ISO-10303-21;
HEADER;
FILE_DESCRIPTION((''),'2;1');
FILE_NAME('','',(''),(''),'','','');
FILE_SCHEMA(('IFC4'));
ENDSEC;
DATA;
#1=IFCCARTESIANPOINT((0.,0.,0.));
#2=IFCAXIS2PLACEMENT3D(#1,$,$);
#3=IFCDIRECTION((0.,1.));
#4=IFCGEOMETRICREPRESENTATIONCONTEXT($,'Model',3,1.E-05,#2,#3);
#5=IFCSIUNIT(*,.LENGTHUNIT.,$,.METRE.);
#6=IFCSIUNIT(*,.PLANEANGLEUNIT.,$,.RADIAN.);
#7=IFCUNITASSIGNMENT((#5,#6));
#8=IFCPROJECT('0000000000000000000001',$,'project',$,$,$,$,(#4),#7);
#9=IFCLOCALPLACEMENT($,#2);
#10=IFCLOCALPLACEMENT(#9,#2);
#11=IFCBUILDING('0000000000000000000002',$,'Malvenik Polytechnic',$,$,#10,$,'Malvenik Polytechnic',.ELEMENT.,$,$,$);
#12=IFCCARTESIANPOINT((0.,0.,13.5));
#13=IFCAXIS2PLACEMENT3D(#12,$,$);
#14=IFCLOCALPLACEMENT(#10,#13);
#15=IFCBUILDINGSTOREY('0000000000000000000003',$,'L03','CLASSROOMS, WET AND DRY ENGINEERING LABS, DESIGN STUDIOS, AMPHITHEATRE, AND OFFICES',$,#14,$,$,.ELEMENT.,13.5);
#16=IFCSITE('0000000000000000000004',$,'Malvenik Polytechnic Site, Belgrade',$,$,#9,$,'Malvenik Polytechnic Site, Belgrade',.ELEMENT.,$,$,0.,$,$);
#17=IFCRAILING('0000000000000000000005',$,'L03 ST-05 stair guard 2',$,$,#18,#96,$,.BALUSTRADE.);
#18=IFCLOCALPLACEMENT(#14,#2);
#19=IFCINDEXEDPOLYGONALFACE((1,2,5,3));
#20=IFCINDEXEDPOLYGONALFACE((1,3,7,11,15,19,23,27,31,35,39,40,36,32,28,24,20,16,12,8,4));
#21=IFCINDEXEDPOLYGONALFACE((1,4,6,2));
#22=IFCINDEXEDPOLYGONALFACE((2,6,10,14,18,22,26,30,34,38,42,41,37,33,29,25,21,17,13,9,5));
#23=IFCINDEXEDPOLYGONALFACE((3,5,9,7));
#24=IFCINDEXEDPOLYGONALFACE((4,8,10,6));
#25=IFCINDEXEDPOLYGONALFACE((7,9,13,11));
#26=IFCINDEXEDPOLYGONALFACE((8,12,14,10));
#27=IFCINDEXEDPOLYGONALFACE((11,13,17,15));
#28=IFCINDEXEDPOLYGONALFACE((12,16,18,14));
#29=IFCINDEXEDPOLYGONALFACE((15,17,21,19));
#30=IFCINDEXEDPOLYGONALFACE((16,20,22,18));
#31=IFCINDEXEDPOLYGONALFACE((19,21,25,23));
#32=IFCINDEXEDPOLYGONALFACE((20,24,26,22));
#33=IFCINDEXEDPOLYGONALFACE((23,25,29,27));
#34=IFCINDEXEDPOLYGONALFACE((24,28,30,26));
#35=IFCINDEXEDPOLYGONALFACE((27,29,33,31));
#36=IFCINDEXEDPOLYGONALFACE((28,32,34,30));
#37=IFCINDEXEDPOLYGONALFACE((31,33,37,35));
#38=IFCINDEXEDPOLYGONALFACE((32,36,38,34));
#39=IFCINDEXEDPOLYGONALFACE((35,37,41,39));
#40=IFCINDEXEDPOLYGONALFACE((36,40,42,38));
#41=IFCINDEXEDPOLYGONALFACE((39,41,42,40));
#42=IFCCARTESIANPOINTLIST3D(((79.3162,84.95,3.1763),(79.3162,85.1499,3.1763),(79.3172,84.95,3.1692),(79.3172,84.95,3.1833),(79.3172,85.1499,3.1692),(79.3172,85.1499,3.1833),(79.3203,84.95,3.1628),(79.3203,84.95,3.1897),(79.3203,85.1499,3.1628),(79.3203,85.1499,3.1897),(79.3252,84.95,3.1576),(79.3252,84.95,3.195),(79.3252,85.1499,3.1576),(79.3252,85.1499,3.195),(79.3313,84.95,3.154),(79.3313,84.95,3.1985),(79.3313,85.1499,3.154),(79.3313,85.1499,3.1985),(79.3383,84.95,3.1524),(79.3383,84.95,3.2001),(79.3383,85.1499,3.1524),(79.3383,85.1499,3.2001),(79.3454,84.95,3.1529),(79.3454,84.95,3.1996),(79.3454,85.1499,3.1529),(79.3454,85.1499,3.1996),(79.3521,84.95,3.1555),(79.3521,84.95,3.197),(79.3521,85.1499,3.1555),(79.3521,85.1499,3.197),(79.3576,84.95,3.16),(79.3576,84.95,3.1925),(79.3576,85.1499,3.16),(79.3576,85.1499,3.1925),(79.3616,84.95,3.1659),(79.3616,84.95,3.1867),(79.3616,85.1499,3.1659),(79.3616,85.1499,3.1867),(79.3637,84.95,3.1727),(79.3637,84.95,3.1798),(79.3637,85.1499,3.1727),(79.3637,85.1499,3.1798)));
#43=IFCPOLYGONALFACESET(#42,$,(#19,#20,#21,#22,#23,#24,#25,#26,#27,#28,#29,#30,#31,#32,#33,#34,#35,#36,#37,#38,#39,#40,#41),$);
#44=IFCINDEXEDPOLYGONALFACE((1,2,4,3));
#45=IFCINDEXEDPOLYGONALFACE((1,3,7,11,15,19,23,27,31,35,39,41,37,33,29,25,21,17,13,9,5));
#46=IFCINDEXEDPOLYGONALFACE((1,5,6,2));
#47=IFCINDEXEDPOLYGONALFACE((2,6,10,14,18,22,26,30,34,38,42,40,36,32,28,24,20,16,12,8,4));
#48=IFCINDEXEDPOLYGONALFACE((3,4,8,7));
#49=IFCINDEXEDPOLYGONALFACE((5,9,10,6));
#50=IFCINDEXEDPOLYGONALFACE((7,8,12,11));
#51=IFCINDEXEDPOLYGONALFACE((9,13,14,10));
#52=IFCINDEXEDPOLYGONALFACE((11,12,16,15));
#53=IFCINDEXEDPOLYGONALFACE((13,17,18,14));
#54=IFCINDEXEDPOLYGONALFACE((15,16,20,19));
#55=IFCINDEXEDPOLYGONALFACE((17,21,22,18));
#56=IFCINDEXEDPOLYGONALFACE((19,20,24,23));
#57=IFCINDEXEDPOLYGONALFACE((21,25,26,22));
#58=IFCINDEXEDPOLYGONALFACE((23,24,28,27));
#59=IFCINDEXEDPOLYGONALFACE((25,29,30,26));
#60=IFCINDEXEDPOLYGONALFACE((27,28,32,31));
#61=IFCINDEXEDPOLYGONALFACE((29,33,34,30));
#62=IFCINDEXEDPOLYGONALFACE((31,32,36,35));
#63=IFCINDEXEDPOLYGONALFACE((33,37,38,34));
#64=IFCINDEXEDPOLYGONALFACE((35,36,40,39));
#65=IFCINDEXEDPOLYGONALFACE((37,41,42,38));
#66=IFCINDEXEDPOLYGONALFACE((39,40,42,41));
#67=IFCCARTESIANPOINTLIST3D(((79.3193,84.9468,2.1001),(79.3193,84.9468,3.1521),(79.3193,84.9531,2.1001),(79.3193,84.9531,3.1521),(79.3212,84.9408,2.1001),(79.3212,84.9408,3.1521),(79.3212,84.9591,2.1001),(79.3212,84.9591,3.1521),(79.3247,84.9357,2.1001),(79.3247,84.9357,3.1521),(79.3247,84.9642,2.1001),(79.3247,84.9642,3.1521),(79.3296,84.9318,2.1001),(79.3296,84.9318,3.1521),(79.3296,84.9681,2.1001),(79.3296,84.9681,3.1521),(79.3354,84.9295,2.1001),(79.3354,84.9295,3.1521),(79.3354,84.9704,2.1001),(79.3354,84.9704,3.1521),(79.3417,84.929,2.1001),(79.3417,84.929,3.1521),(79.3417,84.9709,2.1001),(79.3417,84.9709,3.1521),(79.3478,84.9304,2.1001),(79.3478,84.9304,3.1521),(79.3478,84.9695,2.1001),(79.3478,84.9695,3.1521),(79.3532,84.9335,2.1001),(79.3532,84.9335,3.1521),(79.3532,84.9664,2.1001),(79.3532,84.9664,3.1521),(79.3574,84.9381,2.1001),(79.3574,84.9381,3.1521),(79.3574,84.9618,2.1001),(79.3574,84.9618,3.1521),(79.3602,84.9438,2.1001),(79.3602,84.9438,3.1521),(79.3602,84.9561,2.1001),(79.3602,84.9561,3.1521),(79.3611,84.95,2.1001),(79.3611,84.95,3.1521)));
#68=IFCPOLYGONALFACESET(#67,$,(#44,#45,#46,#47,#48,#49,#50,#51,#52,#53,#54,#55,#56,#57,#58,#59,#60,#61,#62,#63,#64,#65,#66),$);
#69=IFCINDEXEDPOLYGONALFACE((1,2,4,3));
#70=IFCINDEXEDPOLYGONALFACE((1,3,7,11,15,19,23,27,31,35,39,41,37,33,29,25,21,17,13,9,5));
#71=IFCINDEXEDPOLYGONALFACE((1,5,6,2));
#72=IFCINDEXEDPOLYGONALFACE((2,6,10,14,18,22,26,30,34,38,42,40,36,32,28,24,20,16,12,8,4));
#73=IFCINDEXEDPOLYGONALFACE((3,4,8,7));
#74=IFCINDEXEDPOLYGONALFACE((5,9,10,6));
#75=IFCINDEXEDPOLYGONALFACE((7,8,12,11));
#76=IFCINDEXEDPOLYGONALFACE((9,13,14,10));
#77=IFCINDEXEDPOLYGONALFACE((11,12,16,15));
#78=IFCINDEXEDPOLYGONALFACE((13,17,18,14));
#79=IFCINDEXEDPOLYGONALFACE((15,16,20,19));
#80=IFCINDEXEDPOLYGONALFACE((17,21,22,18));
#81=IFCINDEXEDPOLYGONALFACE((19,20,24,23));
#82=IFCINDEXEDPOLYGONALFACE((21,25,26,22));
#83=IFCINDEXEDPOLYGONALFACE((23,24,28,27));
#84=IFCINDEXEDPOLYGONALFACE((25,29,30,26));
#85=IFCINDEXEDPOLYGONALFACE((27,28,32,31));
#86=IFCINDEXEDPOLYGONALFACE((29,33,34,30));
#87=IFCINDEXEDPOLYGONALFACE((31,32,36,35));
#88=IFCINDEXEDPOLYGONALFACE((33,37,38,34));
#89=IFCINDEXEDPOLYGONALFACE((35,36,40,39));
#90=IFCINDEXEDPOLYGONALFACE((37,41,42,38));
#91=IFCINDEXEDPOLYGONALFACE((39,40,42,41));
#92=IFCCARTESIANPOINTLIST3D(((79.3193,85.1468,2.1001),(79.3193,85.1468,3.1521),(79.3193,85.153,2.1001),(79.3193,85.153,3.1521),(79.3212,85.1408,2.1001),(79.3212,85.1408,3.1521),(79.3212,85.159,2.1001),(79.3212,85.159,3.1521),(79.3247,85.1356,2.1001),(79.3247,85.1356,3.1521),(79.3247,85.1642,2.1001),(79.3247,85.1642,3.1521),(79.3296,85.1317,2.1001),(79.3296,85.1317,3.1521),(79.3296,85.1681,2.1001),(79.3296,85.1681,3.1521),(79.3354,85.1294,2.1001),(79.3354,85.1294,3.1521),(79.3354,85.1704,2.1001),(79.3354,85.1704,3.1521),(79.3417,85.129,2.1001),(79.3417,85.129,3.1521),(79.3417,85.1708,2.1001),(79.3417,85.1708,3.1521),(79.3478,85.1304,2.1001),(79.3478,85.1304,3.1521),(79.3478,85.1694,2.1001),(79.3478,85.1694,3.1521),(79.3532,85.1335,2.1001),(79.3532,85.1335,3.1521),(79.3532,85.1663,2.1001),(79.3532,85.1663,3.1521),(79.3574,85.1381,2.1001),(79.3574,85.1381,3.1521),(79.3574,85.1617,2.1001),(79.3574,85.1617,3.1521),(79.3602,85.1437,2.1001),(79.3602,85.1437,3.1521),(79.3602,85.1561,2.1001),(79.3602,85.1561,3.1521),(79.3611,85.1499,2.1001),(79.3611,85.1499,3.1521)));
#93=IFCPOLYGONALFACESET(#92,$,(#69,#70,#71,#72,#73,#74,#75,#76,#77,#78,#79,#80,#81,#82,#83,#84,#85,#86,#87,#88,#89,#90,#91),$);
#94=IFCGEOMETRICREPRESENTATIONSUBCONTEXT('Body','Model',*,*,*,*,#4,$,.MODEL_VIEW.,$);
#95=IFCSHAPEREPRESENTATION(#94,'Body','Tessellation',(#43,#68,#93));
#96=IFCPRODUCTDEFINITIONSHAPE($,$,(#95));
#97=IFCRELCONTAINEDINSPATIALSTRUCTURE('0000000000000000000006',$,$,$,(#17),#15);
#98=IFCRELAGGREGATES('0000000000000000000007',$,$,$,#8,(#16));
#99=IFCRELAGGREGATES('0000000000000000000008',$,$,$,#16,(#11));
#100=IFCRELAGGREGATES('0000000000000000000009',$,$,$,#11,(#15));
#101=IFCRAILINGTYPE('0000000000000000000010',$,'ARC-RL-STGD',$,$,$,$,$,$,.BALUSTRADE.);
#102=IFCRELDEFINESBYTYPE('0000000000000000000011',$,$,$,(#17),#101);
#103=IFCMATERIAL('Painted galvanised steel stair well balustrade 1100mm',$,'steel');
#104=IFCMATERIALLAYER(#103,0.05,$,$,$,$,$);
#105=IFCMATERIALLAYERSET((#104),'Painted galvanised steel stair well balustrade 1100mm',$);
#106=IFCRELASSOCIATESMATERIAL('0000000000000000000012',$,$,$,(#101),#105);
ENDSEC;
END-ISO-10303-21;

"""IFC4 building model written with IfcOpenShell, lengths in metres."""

from ifc_helpers import new_model, si_unit, direction, frame, origin, origin_2d, place, context, subcontext, project, spatial, circle, extrude, material, layer, layer_set, type_object, element, save


model = new_model("IFC4")

# Units and contexts
model_context = context("Model", 3, precision=1e-05, world=origin(), true_north=direction((0.0, 1.0)))
body_context = subcontext(model_context, "Body", "Model", "MODEL_VIEW")
ifc_project = project(units=[si_unit("LENGTHUNIT", "METRE"), si_unit("PLANEANGLEUNIT", "RADIAN")], contexts=[model_context])

# Site, building, storey
site_placement = place(None, origin())
site = spatial("IfcSite", under=ifc_project, at=site_placement, Name="Malvenik Polytechnic Site, Belgrade", LongName="Malvenik Polytechnic Site, Belgrade", CompositionType="ELEMENT", RefElevation=0.0)
building_placement = place(site_placement, origin())
building = spatial("IfcBuilding", under=site, at=building_placement, Name="Malvenik Polytechnic", LongName="Malvenik Polytechnic", CompositionType="ELEMENT")
storey_placement = place(building_placement, frame((0.0, 0.0, 13.5)))
storey = spatial("IfcBuildingStorey", under=building, at=storey_placement, Name="L03", Description="CLASSROOMS, WET AND DRY ENGINEERING LABS, DESIGN STUDIOS, AMPHITHEATRE, AND OFFICES", CompositionType="ELEMENT", Elevation=13.5)

# Railing
ifc_material_1 = material(Name="Painted galvanised steel stair well balustrade 1100mm", Category="steel")
ifc_layer_1 = layer(ifc_material_1, 0.05)
ifc_layer_set_1 = layer_set([ifc_layer_1], Name="Painted galvanised steel stair well balustrade 1100mm")
railing_type_1 = type_object("IfcRailingType", Name="ARC-RL-STGD", PredefinedType="BALUSTRADE", material=ifc_layer_set_1)
railing_1_placement = place(storey_placement, frame((79.3401, 84.95, 2.1001)))
element("IfcRailing", 1, at=railing_1_placement, inside=storey, type_object=railing_type_1, Name="L03 ST-05 stair guard 2", PredefinedType="BALUSTRADE", context=body_context, shape_type="SweptSolid", body=[
    extrude(circle(Radius=0.0239, at=origin_2d()), frame((0.0, 0.0, 1.0762), z_axis=(0.0, 1.0, 0.0), x_axis=(-1.0, 0.0, 0.0)), (0.0, 0.0, 1.0), 0.2),
    extrude(circle(Radius=0.021, at=origin_2d()), origin(), (0.0, 0.0, 1.0), 1.052),
    extrude(circle(Radius=0.021, at=origin_2d()), frame((0.0, 0.2, 0.0)), (0.0, 0.0, 1.0), 1.052),
])

save(model, "model.ifc")
